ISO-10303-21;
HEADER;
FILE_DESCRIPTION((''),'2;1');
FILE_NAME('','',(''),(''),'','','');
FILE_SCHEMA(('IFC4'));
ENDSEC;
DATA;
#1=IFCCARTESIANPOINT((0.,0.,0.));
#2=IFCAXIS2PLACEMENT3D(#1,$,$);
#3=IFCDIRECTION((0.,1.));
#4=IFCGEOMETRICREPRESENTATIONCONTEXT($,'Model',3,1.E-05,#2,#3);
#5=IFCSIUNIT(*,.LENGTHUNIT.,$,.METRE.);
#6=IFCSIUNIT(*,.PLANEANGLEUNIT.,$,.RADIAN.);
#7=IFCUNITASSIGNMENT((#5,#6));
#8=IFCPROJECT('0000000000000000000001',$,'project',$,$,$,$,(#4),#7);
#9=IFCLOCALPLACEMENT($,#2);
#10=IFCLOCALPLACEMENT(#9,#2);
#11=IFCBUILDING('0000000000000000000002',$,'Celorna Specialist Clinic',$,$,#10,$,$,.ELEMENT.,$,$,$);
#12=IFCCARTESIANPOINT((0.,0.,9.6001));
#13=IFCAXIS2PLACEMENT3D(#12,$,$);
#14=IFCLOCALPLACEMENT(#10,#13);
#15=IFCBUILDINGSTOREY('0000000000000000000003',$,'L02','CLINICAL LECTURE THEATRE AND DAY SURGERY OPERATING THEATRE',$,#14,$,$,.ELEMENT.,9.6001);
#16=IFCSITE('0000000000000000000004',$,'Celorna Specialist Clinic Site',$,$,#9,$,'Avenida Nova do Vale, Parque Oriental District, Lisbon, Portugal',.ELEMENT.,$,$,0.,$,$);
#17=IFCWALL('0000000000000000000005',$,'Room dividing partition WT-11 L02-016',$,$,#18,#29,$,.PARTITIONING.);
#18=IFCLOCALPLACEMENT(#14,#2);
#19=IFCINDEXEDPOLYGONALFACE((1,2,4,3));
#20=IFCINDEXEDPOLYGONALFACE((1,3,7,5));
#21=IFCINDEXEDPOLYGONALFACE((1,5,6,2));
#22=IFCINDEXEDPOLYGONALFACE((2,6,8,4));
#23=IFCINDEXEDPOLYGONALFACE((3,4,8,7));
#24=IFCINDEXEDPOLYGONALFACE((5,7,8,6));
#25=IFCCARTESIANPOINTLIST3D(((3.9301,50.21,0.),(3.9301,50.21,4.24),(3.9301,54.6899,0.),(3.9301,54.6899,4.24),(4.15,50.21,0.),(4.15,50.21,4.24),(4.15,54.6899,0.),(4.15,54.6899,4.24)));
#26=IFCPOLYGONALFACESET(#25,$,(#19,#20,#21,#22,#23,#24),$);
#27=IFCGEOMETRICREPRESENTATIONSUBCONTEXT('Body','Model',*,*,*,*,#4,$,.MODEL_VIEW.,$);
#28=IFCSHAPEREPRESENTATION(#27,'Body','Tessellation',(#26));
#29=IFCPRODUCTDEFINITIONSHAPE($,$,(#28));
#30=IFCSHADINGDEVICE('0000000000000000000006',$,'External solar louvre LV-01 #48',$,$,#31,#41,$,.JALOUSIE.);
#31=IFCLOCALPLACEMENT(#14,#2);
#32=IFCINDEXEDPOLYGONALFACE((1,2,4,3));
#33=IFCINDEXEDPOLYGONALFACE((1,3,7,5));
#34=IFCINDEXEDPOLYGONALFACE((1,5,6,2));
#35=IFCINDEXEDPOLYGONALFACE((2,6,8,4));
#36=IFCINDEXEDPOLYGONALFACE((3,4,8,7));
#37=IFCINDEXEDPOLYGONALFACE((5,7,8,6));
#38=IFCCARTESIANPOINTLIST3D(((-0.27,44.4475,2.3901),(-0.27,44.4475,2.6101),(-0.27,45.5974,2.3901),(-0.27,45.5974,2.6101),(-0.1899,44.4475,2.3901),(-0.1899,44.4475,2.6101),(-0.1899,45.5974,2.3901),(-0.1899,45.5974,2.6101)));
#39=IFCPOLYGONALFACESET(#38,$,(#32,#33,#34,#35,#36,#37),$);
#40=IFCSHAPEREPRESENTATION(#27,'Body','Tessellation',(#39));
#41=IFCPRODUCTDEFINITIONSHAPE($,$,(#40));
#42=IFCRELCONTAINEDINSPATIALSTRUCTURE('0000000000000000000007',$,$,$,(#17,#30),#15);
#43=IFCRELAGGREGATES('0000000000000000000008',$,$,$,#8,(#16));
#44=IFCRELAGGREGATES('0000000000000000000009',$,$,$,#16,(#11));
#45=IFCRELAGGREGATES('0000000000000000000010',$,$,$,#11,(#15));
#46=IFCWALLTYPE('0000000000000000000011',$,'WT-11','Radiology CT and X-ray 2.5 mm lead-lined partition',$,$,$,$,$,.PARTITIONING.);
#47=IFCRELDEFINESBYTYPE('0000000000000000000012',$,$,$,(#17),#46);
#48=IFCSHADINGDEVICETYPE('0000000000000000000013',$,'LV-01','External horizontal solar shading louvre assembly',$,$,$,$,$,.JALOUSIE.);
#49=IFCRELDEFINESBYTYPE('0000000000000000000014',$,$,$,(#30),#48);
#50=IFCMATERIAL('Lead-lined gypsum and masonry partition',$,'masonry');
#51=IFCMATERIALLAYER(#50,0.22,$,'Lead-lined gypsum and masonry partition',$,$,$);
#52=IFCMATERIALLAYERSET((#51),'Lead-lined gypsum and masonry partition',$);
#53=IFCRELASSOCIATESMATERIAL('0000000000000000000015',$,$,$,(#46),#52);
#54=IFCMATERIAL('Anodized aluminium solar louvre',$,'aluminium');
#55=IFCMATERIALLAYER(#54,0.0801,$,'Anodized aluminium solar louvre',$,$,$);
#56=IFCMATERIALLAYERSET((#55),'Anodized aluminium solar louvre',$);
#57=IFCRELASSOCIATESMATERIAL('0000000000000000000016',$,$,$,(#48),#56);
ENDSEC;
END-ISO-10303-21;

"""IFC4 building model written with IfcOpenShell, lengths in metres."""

from ifc_helpers import new_model, si_unit, direction, frame, frame_2d, origin, origin_2d, place, context, subcontext, project, spatial, rectangle, extrude, material, layer, layer_set, type_object, element, save


model = new_model("IFC4")

# Units and contexts
model_context = context("Model", 3, precision=1e-05, world=origin(), true_north=direction((0.0, 1.0)))
body_context = subcontext(model_context, "Body", "Model", "MODEL_VIEW")
ifc_project = project(units=[si_unit("LENGTHUNIT", "METRE"), si_unit("PLANEANGLEUNIT", "RADIAN")], contexts=[model_context])

# Site, building, storey
site_placement = place(None, origin())
site = spatial("IfcSite", under=ifc_project, at=site_placement, Name="Celorna Specialist Clinic Site", LongName="Avenida Nova do Vale, Parque Oriental District, Lisbon, Portugal", CompositionType="ELEMENT", RefElevation=0.0)
building_placement = place(site_placement, origin())
building = spatial("IfcBuilding", under=site, at=building_placement, Name="Celorna Specialist Clinic", CompositionType="ELEMENT")
storey_placement = place(building_placement, frame((0.0, 0.0, 9.6001)))
storey = spatial("IfcBuildingStorey", under=building, at=storey_placement, Name="L02", Description="CLINICAL LECTURE THEATRE AND DAY SURGERY OPERATING THEATRE", CompositionType="ELEMENT", Elevation=9.6001)

# Shared definitions
ifc_material_1 = material(Name="Lead-lined gypsum and masonry partition", Category="masonry")
ifc_layer_1 = layer(ifc_material_1, 0.22, Name="Lead-lined gypsum and masonry partition")
ifc_layer_set_1 = layer_set([ifc_layer_1], Name="Lead-lined gypsum and masonry partition")
wall_type_1 = type_object("IfcWallType", Name="WT-11", Description="Radiology CT and X-ray 2.5 mm lead-lined partition", PredefinedType="PARTITIONING", material=ifc_layer_set_1)

# Wall
wall_1_placement = place(storey_placement, frame((4.04, 50.21, 0.0), z_axis=(0.0, 0.0, 1.0), x_axis=(0.0, 1.0, 0.0)))
element("IfcWall", 1, at=wall_1_placement, inside=storey, type_object=wall_type_1, Name="Room dividing partition WT-11 L02-016", PredefinedType="PARTITIONING", context=body_context, shape_type="SweptSolid", body=[
    extrude(rectangle(XDim=4.48, YDim=0.22, at=frame_2d((2.24, 0.0))), origin(), (0.0, 0.0, 1.0), 4.24),
])

# Shading device
ifc_material_2 = material(Name="Anodized aluminium solar louvre", Category="aluminium")
ifc_layer_2 = layer(ifc_material_2, 0.0801, Name="Anodized aluminium solar louvre")
ifc_layer_set_2 = layer_set([ifc_layer_2], Name="Anodized aluminium solar louvre")
shading_device_type = type_object("IfcShadingDeviceType", Name="LV-01", Description="External horizontal solar shading louvre assembly", PredefinedType="JALOUSIE", material=ifc_layer_set_2)
shading_device_placement = place(storey_placement, frame((-0.23, 45.0225, 2.3901), z_axis=(0.0, 0.0, 1.0), x_axis=(0.0, 1.0, 0.0)))
element("IfcShadingDevice", 2, at=shading_device_placement, inside=storey, type_object=shading_device_type, Name="External solar louvre LV-01 #48", PredefinedType="JALOUSIE", context=body_context, shape_type="SweptSolid", body=[
    extrude(rectangle(XDim=1.1499, YDim=0.0801, at=origin_2d()), origin(), (0.0, 0.0, 1.0), 0.22),
])

save(model, "model.ifc")
